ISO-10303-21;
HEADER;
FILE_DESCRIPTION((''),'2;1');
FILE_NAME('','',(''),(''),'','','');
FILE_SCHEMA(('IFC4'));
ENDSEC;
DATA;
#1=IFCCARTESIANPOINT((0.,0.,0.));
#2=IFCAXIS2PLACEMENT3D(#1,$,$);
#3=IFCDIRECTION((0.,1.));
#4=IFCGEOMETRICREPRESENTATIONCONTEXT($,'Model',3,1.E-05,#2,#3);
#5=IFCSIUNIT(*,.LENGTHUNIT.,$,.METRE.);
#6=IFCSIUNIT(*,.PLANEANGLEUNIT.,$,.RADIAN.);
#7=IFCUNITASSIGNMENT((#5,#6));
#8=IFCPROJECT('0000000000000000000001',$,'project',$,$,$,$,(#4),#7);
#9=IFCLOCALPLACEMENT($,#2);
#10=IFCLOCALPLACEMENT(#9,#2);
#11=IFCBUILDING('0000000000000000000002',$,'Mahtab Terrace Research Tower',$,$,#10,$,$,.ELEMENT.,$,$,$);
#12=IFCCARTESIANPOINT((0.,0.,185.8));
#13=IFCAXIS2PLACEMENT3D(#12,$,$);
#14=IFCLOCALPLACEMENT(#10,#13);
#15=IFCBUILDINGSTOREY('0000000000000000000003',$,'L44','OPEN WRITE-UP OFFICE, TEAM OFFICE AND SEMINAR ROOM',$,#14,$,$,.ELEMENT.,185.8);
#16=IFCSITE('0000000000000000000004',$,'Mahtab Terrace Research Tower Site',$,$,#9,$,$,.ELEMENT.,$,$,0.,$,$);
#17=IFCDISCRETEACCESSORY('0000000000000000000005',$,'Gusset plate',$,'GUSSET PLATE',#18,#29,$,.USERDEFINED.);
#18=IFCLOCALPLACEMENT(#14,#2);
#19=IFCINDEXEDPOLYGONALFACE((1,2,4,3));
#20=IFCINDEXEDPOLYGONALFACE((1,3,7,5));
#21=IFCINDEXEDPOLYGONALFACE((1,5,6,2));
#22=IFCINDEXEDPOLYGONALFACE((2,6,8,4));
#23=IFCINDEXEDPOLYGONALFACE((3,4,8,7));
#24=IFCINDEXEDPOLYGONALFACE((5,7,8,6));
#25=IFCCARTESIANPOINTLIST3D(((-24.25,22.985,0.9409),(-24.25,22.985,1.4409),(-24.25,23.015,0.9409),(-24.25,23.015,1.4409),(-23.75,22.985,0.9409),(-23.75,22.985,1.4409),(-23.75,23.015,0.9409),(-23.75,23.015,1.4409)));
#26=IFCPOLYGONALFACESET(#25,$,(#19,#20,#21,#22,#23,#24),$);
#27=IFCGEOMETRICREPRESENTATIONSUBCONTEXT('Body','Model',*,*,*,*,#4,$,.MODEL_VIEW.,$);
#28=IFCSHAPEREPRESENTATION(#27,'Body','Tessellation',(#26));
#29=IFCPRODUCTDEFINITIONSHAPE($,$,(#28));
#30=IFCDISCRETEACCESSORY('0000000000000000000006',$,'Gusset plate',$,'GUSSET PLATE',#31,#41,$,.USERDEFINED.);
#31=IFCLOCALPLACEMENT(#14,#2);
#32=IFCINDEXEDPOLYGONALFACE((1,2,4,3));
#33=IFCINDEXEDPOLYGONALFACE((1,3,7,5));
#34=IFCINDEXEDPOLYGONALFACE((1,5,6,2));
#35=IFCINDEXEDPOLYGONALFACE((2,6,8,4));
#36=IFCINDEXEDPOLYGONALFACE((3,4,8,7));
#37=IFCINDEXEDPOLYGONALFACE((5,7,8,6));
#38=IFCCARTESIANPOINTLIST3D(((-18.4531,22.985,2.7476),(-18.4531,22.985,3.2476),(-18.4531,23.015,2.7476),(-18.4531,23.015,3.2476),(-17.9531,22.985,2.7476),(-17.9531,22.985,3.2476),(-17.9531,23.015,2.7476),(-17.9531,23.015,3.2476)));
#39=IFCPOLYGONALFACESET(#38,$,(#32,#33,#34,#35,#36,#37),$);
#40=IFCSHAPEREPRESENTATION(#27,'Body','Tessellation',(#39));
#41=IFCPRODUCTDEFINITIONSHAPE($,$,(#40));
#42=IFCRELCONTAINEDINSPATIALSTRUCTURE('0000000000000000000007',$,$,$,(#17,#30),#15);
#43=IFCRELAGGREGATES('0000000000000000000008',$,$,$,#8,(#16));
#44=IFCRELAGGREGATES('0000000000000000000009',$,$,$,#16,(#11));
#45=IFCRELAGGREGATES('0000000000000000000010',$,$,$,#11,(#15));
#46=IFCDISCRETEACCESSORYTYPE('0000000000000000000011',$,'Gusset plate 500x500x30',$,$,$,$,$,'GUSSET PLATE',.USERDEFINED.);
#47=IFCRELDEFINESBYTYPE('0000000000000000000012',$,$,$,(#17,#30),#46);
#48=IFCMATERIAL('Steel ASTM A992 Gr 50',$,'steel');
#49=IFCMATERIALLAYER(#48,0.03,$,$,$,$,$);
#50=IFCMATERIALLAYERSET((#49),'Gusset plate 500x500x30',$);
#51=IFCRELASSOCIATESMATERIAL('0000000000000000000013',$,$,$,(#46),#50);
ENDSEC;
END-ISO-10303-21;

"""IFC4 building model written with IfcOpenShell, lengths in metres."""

from ifc_helpers import new_model, si_unit, direction, frame, origin, origin_2d, place, context, subcontext, project, spatial, rectangle, extrude, material, layer, layer_set, type_object, element, save


model = new_model("IFC4")

# Units and contexts
model_context = context("Model", 3, precision=1e-05, world=origin(), true_north=direction((0.0, 1.0)))
body_context = subcontext(model_context, "Body", "Model", "MODEL_VIEW")
ifc_project = project(units=[si_unit("LENGTHUNIT", "METRE"), si_unit("PLANEANGLEUNIT", "RADIAN")], contexts=[model_context])

# Site, building, storey
site_placement = place(None, origin())
site = spatial("IfcSite", under=ifc_project, at=site_placement, Name="Mahtab Terrace Research Tower Site", CompositionType="ELEMENT", RefElevation=0.0)
building_placement = place(site_placement, origin())
building = spatial("IfcBuilding", under=site, at=building_placement, Name="Mahtab Terrace Research Tower", CompositionType="ELEMENT")
storey_placement = place(building_placement, frame((0.0, 0.0, 185.8)))
storey = spatial("IfcBuildingStorey", under=building, at=storey_placement, Name="L44", Description="OPEN WRITE-UP OFFICE, TEAM OFFICE AND SEMINAR ROOM", CompositionType="ELEMENT", Elevation=185.8)

# Shared definitions
ifc_material_1 = material(Name="Steel ASTM A992 Gr 50", Category="steel")

# Discrete accessories
ifc_layer_1 = layer(ifc_material_1, 0.03)
ifc_layer_set_1 = layer_set([ifc_layer_1], Name="Gusset plate 500x500x30")
discrete_accessory_type = type_object("IfcDiscreteAccessoryType", Name="Gusset plate 500x500x30", ElementType="GUSSET PLATE", PredefinedType="USERDEFINED", material=ifc_layer_set_1)
for number, where, z_axis, x_axis, name in (
    (1, (-24.0, 23.0, 0.9409), (0.0, 0.0, 1.0), (1.0, 0.0, 0.0), "Gusset plate"),
    (2, (-18.2031, 23.0, 2.7476), (0.0, 0.0, 1.0), (1.0, 0.0, 0.0), "Gusset plate"),
):
    element("IfcDiscreteAccessory", number, at=place(storey_placement, frame(where, z_axis=z_axis, x_axis=x_axis)), inside=storey, type_object=discrete_accessory_type, Name=name, ObjectType="GUSSET PLATE", PredefinedType="USERDEFINED", context=body_context, shape_type="SweptSolid", body=[
        extrude(rectangle(XDim=0.5, YDim=0.03, at=origin_2d()), origin(), (0.0, 0.0, 1.0), 0.5),
    ])

save(model, "model.ifc")
